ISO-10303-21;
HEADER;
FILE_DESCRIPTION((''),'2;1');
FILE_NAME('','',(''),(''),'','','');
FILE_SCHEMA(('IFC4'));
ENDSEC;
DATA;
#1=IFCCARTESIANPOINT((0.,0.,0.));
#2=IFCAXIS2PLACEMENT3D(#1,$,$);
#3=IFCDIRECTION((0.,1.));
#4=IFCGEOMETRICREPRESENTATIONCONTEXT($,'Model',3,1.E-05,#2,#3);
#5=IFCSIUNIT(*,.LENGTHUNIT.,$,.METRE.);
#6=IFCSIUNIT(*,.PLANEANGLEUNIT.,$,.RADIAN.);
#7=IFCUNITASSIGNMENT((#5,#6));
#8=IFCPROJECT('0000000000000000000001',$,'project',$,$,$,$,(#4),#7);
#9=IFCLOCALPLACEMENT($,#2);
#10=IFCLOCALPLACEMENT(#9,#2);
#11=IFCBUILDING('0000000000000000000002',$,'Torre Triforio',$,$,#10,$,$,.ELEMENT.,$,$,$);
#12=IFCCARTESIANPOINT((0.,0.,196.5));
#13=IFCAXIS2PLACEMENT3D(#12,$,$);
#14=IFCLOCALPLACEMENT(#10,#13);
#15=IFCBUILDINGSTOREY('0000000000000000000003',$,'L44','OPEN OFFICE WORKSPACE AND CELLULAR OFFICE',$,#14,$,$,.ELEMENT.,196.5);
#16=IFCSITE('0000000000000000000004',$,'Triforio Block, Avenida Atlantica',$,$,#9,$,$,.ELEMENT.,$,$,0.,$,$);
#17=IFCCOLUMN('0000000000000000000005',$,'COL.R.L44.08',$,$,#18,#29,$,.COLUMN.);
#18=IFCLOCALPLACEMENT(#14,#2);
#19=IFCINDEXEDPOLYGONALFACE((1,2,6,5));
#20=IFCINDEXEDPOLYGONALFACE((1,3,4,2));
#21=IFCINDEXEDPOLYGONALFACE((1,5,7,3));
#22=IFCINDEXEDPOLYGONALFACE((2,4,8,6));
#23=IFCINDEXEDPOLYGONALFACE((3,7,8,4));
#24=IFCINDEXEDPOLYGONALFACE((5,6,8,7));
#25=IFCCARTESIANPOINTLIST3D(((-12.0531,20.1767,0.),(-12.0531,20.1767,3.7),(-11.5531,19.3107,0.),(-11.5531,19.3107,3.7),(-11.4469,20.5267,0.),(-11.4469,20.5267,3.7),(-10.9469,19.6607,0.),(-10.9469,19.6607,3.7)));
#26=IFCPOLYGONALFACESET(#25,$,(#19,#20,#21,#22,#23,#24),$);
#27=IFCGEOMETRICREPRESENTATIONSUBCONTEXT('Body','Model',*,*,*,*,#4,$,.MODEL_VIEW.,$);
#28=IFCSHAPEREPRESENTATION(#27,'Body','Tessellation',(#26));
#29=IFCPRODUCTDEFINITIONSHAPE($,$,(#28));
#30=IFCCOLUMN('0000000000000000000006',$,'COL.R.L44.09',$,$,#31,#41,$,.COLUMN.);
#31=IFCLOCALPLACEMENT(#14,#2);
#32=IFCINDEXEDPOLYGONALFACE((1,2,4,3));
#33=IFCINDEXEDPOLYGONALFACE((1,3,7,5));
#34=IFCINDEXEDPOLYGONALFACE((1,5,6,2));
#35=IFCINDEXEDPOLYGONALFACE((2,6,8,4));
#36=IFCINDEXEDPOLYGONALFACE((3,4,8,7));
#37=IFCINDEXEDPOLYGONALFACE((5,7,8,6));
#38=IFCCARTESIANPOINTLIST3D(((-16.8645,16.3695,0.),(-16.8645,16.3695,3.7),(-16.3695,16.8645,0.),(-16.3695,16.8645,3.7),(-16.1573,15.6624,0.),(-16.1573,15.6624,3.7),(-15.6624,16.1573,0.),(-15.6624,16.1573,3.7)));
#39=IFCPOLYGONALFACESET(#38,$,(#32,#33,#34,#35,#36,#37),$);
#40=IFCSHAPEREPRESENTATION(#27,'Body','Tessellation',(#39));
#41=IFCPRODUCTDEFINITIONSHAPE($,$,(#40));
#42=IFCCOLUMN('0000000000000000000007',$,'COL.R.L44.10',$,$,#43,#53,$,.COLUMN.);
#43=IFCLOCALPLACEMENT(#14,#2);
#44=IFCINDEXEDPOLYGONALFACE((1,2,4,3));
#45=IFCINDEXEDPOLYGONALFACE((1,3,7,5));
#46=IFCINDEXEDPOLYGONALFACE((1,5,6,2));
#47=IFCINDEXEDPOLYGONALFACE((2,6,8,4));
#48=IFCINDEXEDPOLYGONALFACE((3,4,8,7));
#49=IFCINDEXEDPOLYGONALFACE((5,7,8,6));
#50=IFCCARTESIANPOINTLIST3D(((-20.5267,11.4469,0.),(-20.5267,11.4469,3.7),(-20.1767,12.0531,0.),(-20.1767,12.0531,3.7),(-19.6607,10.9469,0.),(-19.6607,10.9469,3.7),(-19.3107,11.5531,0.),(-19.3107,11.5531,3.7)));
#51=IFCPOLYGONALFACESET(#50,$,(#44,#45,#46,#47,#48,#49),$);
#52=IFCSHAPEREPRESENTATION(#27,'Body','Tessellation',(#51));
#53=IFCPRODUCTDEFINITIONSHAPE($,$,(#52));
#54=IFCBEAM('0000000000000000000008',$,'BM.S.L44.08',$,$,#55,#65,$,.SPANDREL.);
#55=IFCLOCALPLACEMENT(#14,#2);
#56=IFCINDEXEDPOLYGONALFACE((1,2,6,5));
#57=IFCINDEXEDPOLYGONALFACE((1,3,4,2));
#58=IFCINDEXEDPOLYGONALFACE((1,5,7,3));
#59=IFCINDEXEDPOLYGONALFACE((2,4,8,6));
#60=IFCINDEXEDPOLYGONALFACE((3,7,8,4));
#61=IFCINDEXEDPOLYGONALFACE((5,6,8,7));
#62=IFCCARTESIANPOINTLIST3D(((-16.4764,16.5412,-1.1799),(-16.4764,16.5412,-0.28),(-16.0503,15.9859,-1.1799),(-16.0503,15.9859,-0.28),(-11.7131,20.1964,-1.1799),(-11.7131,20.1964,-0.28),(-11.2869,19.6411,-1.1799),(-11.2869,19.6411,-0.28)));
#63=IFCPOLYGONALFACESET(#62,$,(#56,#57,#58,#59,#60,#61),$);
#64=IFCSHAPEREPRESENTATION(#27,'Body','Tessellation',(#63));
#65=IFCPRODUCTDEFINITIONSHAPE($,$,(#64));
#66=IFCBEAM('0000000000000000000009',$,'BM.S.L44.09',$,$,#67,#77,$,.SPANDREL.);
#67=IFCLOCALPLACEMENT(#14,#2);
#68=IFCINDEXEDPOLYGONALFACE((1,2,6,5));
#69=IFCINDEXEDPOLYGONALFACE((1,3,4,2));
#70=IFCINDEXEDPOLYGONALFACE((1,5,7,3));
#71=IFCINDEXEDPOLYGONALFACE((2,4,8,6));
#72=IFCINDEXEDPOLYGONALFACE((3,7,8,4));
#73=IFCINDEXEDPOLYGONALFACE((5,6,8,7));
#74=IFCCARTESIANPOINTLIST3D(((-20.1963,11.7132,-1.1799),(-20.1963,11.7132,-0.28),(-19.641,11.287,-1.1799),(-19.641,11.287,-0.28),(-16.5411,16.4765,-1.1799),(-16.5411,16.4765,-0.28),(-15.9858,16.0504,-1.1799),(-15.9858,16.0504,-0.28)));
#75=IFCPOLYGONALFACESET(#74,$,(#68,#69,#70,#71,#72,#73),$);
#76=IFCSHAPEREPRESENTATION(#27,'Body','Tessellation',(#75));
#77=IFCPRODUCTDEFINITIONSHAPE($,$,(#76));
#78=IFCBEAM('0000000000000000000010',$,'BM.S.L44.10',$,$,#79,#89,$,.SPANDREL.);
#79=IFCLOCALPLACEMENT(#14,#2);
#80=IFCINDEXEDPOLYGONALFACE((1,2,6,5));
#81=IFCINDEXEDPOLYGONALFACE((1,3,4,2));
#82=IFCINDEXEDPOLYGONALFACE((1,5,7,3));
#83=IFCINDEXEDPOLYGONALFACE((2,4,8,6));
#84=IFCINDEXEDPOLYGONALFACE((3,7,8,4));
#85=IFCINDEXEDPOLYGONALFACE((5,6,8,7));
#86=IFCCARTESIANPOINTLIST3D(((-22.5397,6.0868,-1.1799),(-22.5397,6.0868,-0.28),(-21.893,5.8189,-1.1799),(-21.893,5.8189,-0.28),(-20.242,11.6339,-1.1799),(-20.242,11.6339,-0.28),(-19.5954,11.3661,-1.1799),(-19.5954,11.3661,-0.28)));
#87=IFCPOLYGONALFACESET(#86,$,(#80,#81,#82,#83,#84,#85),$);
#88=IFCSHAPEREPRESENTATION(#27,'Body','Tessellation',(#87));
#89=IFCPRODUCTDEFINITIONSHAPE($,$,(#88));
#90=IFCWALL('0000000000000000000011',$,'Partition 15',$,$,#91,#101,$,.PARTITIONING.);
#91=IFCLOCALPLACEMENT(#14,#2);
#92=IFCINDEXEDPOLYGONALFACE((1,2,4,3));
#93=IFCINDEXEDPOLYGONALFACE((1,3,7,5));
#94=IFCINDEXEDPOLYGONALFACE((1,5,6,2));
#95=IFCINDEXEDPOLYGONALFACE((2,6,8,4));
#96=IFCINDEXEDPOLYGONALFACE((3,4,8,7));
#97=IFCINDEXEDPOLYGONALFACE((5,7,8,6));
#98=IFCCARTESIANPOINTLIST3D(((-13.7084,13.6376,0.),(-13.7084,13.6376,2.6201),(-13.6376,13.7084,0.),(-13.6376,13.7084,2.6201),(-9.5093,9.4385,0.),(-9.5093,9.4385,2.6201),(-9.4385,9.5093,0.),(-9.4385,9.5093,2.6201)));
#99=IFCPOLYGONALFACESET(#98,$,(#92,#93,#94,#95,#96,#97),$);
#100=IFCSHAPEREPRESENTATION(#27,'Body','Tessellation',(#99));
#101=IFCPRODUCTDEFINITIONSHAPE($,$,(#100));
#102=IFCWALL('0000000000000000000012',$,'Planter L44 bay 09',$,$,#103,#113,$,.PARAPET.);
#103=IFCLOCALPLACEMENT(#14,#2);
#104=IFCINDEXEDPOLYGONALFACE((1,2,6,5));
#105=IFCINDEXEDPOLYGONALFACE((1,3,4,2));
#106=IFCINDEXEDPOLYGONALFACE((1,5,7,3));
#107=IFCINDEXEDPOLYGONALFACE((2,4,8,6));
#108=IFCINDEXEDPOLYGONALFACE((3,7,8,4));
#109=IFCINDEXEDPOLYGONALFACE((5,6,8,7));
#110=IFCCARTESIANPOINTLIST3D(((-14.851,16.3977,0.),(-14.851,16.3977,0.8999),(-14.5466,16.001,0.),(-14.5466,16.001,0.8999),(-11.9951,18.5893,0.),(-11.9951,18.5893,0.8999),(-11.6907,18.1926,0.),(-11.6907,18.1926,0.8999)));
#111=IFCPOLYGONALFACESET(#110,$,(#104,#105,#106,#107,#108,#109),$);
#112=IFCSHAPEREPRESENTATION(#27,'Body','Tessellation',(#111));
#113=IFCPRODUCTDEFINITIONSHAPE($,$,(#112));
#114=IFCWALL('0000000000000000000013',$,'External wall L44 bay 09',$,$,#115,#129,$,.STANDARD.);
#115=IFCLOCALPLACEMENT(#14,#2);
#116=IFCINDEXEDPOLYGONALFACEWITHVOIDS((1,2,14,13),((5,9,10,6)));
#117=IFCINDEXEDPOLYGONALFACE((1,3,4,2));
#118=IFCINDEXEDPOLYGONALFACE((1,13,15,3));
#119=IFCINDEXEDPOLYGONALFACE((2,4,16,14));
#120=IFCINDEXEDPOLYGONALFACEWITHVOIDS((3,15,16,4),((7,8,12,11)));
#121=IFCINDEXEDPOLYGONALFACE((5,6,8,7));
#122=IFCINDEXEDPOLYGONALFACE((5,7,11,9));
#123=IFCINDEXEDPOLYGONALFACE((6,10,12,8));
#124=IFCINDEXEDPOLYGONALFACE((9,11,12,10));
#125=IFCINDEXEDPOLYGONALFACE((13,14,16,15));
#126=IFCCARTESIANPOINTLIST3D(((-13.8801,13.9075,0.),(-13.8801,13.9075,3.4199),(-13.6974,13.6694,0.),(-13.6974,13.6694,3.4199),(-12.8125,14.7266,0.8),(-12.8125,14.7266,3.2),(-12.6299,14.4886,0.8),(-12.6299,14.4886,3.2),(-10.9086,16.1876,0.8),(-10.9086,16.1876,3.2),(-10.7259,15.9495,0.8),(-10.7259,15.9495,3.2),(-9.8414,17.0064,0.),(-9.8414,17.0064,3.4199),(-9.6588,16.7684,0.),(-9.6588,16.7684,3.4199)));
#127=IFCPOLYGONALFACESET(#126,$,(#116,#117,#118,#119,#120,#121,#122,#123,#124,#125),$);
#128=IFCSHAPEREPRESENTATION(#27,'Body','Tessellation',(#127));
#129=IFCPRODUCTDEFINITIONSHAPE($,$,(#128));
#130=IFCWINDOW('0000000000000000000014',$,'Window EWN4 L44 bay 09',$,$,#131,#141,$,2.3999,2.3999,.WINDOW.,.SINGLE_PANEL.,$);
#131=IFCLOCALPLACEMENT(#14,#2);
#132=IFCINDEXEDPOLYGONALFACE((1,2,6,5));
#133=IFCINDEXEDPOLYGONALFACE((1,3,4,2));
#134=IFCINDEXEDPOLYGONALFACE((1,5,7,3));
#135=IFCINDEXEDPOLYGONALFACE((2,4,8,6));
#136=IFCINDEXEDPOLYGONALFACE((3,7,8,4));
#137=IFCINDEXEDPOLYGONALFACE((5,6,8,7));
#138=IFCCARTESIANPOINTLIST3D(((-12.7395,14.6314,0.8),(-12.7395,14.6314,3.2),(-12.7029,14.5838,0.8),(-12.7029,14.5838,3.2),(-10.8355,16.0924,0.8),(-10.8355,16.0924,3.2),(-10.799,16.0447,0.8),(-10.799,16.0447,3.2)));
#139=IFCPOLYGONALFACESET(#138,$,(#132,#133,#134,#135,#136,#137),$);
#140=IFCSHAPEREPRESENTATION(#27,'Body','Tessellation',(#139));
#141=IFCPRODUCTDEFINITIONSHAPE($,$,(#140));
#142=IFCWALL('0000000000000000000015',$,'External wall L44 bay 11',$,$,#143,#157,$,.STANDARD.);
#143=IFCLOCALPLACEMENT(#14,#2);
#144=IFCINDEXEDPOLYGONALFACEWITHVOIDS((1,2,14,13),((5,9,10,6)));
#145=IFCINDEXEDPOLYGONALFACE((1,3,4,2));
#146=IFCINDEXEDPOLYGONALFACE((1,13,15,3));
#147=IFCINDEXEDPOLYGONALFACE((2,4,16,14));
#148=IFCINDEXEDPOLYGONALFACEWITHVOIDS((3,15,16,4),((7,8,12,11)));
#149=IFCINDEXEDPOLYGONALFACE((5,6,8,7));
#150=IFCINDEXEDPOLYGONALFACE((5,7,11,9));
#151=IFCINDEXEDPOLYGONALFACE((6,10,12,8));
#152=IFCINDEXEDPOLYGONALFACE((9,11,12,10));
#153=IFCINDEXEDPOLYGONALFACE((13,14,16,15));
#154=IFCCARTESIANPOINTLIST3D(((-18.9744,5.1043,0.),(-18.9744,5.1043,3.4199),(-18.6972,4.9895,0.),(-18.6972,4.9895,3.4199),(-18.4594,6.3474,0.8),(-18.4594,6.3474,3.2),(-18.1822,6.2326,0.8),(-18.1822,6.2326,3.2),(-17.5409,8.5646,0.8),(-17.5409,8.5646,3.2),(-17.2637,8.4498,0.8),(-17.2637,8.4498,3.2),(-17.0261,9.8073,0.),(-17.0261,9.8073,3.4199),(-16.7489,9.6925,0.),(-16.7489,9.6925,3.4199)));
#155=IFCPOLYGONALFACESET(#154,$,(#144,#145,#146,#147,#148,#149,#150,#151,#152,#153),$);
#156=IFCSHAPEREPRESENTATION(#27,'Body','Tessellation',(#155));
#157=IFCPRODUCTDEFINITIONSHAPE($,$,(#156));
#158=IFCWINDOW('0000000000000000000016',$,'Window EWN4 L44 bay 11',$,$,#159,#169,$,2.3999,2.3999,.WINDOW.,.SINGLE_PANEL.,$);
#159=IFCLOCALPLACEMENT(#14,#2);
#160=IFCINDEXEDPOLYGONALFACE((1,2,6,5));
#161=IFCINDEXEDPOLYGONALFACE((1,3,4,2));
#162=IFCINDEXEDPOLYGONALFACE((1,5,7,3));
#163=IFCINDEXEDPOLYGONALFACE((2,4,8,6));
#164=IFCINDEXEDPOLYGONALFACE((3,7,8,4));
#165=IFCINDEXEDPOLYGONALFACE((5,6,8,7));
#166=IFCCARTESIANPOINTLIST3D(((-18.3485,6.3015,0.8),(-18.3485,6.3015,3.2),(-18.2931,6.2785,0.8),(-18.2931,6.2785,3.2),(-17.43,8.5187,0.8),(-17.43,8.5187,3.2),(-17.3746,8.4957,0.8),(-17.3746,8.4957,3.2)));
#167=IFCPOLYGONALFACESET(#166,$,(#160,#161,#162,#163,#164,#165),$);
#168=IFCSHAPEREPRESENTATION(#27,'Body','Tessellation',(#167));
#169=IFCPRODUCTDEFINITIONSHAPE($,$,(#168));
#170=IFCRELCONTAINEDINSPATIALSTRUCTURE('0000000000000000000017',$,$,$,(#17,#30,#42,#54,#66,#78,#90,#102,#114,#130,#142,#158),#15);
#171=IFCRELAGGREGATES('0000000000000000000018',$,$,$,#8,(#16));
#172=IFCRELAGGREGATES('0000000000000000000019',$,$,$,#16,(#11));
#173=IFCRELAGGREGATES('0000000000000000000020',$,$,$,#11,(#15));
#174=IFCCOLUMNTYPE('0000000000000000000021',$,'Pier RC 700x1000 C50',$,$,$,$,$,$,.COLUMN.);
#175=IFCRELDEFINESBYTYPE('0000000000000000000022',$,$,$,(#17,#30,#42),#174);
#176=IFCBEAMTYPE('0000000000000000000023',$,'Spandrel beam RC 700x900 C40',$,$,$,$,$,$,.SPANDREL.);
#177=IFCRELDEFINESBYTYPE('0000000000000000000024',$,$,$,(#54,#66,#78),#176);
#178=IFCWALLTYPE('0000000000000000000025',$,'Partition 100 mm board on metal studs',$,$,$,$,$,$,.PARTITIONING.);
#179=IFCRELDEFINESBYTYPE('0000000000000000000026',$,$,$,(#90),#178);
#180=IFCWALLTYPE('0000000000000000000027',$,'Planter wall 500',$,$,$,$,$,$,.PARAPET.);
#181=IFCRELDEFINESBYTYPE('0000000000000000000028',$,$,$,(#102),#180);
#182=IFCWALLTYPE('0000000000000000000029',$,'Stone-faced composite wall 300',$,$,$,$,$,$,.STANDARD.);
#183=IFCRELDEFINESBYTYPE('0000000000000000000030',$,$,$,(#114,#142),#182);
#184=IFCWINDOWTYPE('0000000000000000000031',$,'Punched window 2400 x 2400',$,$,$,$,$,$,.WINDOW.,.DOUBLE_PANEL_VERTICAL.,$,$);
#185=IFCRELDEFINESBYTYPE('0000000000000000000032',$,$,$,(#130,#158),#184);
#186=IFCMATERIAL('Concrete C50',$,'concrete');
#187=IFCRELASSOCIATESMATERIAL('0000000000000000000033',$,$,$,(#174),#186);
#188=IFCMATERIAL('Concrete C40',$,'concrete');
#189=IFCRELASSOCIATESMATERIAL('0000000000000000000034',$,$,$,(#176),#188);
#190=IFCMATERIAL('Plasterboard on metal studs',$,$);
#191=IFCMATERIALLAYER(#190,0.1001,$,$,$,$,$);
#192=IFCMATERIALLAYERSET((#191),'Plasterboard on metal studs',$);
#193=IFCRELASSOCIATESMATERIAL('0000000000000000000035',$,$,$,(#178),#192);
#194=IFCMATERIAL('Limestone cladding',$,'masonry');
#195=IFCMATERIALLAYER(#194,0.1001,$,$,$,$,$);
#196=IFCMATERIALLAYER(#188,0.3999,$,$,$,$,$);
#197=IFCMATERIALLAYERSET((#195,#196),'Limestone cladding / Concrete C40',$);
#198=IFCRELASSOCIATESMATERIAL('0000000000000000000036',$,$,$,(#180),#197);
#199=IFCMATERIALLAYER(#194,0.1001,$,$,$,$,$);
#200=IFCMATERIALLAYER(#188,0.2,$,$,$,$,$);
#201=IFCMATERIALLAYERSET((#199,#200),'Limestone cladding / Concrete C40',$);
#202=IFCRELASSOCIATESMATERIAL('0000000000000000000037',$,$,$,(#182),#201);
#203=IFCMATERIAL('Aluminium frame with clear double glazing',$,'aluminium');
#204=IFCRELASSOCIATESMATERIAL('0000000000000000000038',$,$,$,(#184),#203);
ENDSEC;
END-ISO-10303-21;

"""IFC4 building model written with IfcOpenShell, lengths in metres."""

from ifc_helpers import new_model, si_unit, direction, frame, frame_2d, origin, origin_2d, place, context, subcontext, project, spatial, rectangle, extrude, material, layer, layer_set, material_profile, profile_set, type_object, element, fill, save


model = new_model("IFC4")

# Units and contexts
model_context = context("Model", 3, precision=1e-05, world=origin(), true_north=direction((0.0, 1.0)))
body_context = subcontext(model_context, "Body", "Model", "MODEL_VIEW")
ifc_project = project(units=[si_unit("LENGTHUNIT", "METRE"), si_unit("PLANEANGLEUNIT", "RADIAN")], contexts=[model_context])

# Site, building, storey
site_placement = place(None, origin())
site = spatial("IfcSite", under=ifc_project, at=site_placement, Name="Triforio Block, Avenida Atlantica", CompositionType="ELEMENT", RefElevation=0.0)
building_placement = place(site_placement, origin())
building = spatial("IfcBuilding", under=site, at=building_placement, Name="Torre Triforio", CompositionType="ELEMENT")
storey_placement = place(building_placement, frame((0.0, 0.0, 196.5)))
storey = spatial("IfcBuildingStorey", under=building, at=storey_placement, Name="L44", Description="OPEN OFFICE WORKSPACE AND CELLULAR OFFICE", CompositionType="ELEMENT", Elevation=196.5)

# Columns
ifc_material_1 = material(Name="Concrete C50", Category="concrete")
ifc_material_profile_1 = material_profile(ifc_material_1, rectangle(XDim=0.7, YDim=1.0, at=origin_2d()), Name="RC 700x1000")
ifc_profile_set_1 = profile_set([ifc_material_profile_1], Name="Concrete C50")
column_type = type_object("IfcColumnType", Name="Pier RC 700x1000 C50", PredefinedType="COLUMN", material=ifc_profile_set_1)
for number, where, z_axis, x_axis, name in (
    (1, (-11.5, 19.9187, 0.0), (0.0, 0.0, 1.0), (-0.866025, -0.5, 0.0), "COL.R.L44.08"),
    (2, (-16.2634, 16.2634, 0.0), (0.0, 0.0, 1.0), (-0.707107, -0.707107, 0.0), "COL.R.L44.09"),
    (3, (-19.9187, 11.5, 0.0), (0.0, 0.0, 1.0), (-0.5, -0.866025, 0.0), "COL.R.L44.10"),
):
    element("IfcColumn", number, at=place(storey_placement, frame(where, z_axis=z_axis, x_axis=x_axis)), inside=storey, type_object=column_type, Name=name, PredefinedType="COLUMN", context=body_context, shape_type="SweptSolid", body=[
        extrude(rectangle(XDim=0.7, YDim=1.0, at=origin_2d()), origin(), (0.0, 0.0, 1.0), 3.7),
    ])

# Beams
ifc_material_2 = material(Name="Concrete C40", Category="concrete")
ifc_material_profile_2 = material_profile(ifc_material_2, rectangle(XDim=0.7, YDim=0.8999, at=origin_2d()), Name="RC 700x900")
ifc_profile_set_2 = profile_set([ifc_material_profile_2], Name="Concrete C40")
beam_type = type_object("IfcBeamType", Name="Spandrel beam RC 700x900 C40", PredefinedType="SPANDREL", material=ifc_profile_set_2)
for number, where, z_axis, x_axis, name in (
    (4, (-11.5, 19.9187, -0.73), (-0.79334, -0.608779, 0.0), (0.608779, -0.79334, 0.0), "BM.S.L44.08"),
    (5, (-16.2634, 16.2634, -0.73), (-0.608779, -0.79334, 0.0), (0.79334, -0.608779, 0.0), "BM.S.L44.09"),
    (6, (-19.9187, 11.5, -0.73), (-0.382671, -0.923885, 0.0), (0.923885, -0.382671, 0.0), "BM.S.L44.10"),
):
    element("IfcBeam", number, at=place(storey_placement, frame(where, z_axis=z_axis, x_axis=x_axis)), inside=storey, type_object=beam_type, Name=name, PredefinedType="SPANDREL", context=body_context, shape_type="SweptSolid", body=[
        extrude(rectangle(XDim=0.7, YDim=0.8999, at=origin_2d()), origin(), (0.0, 0.0, 1.0), 6.0042),
    ])

# Walls
ifc_material_3 = material(Name="Plasterboard on metal studs")
ifc_layer_1 = layer(ifc_material_3, 0.1001)
ifc_layer_set_1 = layer_set([ifc_layer_1], Name="Plasterboard on metal studs")
wall_type_1 = type_object("IfcWallType", Name="Partition 100 mm board on metal studs", PredefinedType="PARTITIONING", material=ifc_layer_set_1)
wall_1_placement = place(storey_placement, frame((-9.4739, 9.4739, 0.0), z_axis=(0.0, 0.0, 1.0), x_axis=(-0.707107, 0.707107, 0.0)))
element("IfcWall", 7, at=wall_1_placement, inside=storey, type_object=wall_type_1, Name="Partition 15", PredefinedType="PARTITIONING", context=body_context, shape_type="SweptSolid", body=[
    extrude(rectangle(XDim=5.9385, YDim=0.1001, at=frame_2d((2.9692, 0.0))), origin(), (0.0, 0.0, 1.0), 2.6201),
])
ifc_material_4 = material(Name="Limestone cladding", Category="masonry")
ifc_layer_2 = layer(ifc_material_4, 0.1001)
ifc_layer_3 = layer(ifc_material_2, 0.3999)
ifc_layer_set_2 = layer_set([ifc_layer_2, ifc_layer_3], Name="Limestone cladding / Concrete C40")
wall_type_2 = type_object("IfcWallType", Name="Planter wall 500", PredefinedType="PARAPET", material=ifc_layer_set_2)
wall_2_placement = place(storey_placement, frame((-11.843, 18.3909, 0.0), z_axis=(0.0, 0.0, 1.0), x_axis=(-0.793327, -0.608796, 0.0)))
element("IfcWall", 8, at=wall_2_placement, inside=storey, type_object=wall_type_2, Name="Planter L44 bay 09", PredefinedType="PARAPET", context=body_context, shape_type="SweptSolid", body=[
    extrude(rectangle(XDim=3.5999, YDim=0.5, at=frame_2d((1.7998, 0.0))), origin(), (0.0, 0.0, 1.0), 0.8999),
])

# Wall, opening, window
ifc_layer_4 = layer(ifc_material_4, 0.1001)
ifc_layer_5 = layer(ifc_material_2, 0.2)
ifc_layer_set_3 = layer_set([ifc_layer_4, ifc_layer_5], Name="Limestone cladding / Concrete C40")
wall_type_3 = type_object("IfcWallType", Name="Stone-faced composite wall 300", PredefinedType="STANDARD", material=ifc_layer_set_3)
wall_3_placement = place(storey_placement, frame((-9.75, 16.8875, 0.0), z_axis=(0.0, 0.0, 1.0), x_axis=(-0.793356, -0.608758, 0.0)))
wall_3 = element("IfcWall", 9, at=wall_3_placement, inside=storey, type_object=wall_type_3, Name="External wall L44 bay 09", PredefinedType="STANDARD", context=body_context, shape_type="SweptSolid", body=[
    extrude(rectangle(XDim=5.0906, YDim=0.3, at=frame_2d((2.5454, 0.0))), origin(), (0.0, 0.0, 1.0), 3.4199),
])
opening_1_placement = place(wall_3_placement, frame((1.3452, 0.0, 0.8)))
opening_1 = element("IfcOpeningElement", 10, at=opening_1_placement, cuts=wall_3, PredefinedType="OPENING", context=body_context, shape_type="SweptSolid", body=[
    extrude(rectangle(XDim=2.3999, YDim=2.3999, at=frame_2d((1.2, 1.2))), frame((0.0, 0.1599, 0.0), z_axis=(0.0, -1.0, 0.0), x_axis=(1.0, 0.0, 0.0)), (0.0, 0.0, 1.0), 0.3201),
])
ifc_material_5 = material(Name="Aluminium frame with clear double glazing", Category="aluminium")
window_type_1 = type_object("IfcWindowType", Name="Punched window 2400 x 2400", PartitioningType="DOUBLE_PANEL_VERTICAL", PredefinedType="WINDOW", material=ifc_material_5)
window_1_placement = place(opening_1_placement, origin())
window_1 = element("IfcWindow", 11, at=window_1_placement, inside=storey, type_object=window_type_1, Name="Window EWN4 L44 bay 09", OverallHeight=2.3999, OverallWidth=2.3999, PartitioningType="SINGLE_PANEL", PredefinedType="WINDOW", context=body_context, shape_type="SweptSolid", body=[
    extrude(rectangle(XDim=2.3999, YDim=2.3999, at=frame_2d((1.2, 1.2))), frame((0.0, 0.03, 0.0), z_axis=(0.0, -1.0, 0.0), x_axis=(1.0, 0.0, 0.0)), (0.0, 0.0, 1.0), 0.0601),
])
fill(opening_1, window_1)

# Wall, opening, window
wall_4_placement = place(storey_placement, frame((-16.8875, 9.75, 0.0), z_axis=(0.0, 0.0, 1.0), x_axis=(-0.382725, -0.923863, 0.0)))
wall_4 = element("IfcWall", 12, at=wall_4_placement, inside=storey, type_object=wall_type_3, Name="External wall L44 bay 11", PredefinedType="STANDARD", context=body_context, shape_type="SweptSolid", body=[
    extrude(rectangle(XDim=5.0906, YDim=0.3, at=frame_2d((2.5454, 0.0))), origin(), (0.0, 0.0, 1.0), 3.4199),
])
opening_2_placement = place(wall_4_placement, frame((1.3452, 0.0, 0.8)))
opening_2 = element("IfcOpeningElement", 13, at=opening_2_placement, cuts=wall_4, PredefinedType="OPENING", context=body_context, shape_type="SweptSolid", body=[
    extrude(rectangle(XDim=2.3999, YDim=2.3999, at=frame_2d((1.2, 1.2))), frame((0.0, 0.1599, 0.0), z_axis=(0.0, -1.0, 0.0), x_axis=(1.0, 0.0, 0.0)), (0.0, 0.0, 1.0), 0.3201),
])
window_2_placement = place(opening_2_placement, origin())
window_2 = element("IfcWindow", 14, at=window_2_placement, inside=storey, type_object=window_type_1, Name="Window EWN4 L44 bay 11", OverallHeight=2.3999, OverallWidth=2.3999, PartitioningType="SINGLE_PANEL", PredefinedType="WINDOW", context=body_context, shape_type="SweptSolid", body=[
    extrude(rectangle(XDim=2.3999, YDim=2.3999, at=frame_2d((1.2, 1.2))), frame((0.0, 0.03, 0.0), z_axis=(0.0, -1.0, 0.0), x_axis=(1.0, 0.0, 0.0)), (0.0, 0.0, 1.0), 0.0601),
])
fill(opening_2, window_2)

save(model, "model.ifc")
